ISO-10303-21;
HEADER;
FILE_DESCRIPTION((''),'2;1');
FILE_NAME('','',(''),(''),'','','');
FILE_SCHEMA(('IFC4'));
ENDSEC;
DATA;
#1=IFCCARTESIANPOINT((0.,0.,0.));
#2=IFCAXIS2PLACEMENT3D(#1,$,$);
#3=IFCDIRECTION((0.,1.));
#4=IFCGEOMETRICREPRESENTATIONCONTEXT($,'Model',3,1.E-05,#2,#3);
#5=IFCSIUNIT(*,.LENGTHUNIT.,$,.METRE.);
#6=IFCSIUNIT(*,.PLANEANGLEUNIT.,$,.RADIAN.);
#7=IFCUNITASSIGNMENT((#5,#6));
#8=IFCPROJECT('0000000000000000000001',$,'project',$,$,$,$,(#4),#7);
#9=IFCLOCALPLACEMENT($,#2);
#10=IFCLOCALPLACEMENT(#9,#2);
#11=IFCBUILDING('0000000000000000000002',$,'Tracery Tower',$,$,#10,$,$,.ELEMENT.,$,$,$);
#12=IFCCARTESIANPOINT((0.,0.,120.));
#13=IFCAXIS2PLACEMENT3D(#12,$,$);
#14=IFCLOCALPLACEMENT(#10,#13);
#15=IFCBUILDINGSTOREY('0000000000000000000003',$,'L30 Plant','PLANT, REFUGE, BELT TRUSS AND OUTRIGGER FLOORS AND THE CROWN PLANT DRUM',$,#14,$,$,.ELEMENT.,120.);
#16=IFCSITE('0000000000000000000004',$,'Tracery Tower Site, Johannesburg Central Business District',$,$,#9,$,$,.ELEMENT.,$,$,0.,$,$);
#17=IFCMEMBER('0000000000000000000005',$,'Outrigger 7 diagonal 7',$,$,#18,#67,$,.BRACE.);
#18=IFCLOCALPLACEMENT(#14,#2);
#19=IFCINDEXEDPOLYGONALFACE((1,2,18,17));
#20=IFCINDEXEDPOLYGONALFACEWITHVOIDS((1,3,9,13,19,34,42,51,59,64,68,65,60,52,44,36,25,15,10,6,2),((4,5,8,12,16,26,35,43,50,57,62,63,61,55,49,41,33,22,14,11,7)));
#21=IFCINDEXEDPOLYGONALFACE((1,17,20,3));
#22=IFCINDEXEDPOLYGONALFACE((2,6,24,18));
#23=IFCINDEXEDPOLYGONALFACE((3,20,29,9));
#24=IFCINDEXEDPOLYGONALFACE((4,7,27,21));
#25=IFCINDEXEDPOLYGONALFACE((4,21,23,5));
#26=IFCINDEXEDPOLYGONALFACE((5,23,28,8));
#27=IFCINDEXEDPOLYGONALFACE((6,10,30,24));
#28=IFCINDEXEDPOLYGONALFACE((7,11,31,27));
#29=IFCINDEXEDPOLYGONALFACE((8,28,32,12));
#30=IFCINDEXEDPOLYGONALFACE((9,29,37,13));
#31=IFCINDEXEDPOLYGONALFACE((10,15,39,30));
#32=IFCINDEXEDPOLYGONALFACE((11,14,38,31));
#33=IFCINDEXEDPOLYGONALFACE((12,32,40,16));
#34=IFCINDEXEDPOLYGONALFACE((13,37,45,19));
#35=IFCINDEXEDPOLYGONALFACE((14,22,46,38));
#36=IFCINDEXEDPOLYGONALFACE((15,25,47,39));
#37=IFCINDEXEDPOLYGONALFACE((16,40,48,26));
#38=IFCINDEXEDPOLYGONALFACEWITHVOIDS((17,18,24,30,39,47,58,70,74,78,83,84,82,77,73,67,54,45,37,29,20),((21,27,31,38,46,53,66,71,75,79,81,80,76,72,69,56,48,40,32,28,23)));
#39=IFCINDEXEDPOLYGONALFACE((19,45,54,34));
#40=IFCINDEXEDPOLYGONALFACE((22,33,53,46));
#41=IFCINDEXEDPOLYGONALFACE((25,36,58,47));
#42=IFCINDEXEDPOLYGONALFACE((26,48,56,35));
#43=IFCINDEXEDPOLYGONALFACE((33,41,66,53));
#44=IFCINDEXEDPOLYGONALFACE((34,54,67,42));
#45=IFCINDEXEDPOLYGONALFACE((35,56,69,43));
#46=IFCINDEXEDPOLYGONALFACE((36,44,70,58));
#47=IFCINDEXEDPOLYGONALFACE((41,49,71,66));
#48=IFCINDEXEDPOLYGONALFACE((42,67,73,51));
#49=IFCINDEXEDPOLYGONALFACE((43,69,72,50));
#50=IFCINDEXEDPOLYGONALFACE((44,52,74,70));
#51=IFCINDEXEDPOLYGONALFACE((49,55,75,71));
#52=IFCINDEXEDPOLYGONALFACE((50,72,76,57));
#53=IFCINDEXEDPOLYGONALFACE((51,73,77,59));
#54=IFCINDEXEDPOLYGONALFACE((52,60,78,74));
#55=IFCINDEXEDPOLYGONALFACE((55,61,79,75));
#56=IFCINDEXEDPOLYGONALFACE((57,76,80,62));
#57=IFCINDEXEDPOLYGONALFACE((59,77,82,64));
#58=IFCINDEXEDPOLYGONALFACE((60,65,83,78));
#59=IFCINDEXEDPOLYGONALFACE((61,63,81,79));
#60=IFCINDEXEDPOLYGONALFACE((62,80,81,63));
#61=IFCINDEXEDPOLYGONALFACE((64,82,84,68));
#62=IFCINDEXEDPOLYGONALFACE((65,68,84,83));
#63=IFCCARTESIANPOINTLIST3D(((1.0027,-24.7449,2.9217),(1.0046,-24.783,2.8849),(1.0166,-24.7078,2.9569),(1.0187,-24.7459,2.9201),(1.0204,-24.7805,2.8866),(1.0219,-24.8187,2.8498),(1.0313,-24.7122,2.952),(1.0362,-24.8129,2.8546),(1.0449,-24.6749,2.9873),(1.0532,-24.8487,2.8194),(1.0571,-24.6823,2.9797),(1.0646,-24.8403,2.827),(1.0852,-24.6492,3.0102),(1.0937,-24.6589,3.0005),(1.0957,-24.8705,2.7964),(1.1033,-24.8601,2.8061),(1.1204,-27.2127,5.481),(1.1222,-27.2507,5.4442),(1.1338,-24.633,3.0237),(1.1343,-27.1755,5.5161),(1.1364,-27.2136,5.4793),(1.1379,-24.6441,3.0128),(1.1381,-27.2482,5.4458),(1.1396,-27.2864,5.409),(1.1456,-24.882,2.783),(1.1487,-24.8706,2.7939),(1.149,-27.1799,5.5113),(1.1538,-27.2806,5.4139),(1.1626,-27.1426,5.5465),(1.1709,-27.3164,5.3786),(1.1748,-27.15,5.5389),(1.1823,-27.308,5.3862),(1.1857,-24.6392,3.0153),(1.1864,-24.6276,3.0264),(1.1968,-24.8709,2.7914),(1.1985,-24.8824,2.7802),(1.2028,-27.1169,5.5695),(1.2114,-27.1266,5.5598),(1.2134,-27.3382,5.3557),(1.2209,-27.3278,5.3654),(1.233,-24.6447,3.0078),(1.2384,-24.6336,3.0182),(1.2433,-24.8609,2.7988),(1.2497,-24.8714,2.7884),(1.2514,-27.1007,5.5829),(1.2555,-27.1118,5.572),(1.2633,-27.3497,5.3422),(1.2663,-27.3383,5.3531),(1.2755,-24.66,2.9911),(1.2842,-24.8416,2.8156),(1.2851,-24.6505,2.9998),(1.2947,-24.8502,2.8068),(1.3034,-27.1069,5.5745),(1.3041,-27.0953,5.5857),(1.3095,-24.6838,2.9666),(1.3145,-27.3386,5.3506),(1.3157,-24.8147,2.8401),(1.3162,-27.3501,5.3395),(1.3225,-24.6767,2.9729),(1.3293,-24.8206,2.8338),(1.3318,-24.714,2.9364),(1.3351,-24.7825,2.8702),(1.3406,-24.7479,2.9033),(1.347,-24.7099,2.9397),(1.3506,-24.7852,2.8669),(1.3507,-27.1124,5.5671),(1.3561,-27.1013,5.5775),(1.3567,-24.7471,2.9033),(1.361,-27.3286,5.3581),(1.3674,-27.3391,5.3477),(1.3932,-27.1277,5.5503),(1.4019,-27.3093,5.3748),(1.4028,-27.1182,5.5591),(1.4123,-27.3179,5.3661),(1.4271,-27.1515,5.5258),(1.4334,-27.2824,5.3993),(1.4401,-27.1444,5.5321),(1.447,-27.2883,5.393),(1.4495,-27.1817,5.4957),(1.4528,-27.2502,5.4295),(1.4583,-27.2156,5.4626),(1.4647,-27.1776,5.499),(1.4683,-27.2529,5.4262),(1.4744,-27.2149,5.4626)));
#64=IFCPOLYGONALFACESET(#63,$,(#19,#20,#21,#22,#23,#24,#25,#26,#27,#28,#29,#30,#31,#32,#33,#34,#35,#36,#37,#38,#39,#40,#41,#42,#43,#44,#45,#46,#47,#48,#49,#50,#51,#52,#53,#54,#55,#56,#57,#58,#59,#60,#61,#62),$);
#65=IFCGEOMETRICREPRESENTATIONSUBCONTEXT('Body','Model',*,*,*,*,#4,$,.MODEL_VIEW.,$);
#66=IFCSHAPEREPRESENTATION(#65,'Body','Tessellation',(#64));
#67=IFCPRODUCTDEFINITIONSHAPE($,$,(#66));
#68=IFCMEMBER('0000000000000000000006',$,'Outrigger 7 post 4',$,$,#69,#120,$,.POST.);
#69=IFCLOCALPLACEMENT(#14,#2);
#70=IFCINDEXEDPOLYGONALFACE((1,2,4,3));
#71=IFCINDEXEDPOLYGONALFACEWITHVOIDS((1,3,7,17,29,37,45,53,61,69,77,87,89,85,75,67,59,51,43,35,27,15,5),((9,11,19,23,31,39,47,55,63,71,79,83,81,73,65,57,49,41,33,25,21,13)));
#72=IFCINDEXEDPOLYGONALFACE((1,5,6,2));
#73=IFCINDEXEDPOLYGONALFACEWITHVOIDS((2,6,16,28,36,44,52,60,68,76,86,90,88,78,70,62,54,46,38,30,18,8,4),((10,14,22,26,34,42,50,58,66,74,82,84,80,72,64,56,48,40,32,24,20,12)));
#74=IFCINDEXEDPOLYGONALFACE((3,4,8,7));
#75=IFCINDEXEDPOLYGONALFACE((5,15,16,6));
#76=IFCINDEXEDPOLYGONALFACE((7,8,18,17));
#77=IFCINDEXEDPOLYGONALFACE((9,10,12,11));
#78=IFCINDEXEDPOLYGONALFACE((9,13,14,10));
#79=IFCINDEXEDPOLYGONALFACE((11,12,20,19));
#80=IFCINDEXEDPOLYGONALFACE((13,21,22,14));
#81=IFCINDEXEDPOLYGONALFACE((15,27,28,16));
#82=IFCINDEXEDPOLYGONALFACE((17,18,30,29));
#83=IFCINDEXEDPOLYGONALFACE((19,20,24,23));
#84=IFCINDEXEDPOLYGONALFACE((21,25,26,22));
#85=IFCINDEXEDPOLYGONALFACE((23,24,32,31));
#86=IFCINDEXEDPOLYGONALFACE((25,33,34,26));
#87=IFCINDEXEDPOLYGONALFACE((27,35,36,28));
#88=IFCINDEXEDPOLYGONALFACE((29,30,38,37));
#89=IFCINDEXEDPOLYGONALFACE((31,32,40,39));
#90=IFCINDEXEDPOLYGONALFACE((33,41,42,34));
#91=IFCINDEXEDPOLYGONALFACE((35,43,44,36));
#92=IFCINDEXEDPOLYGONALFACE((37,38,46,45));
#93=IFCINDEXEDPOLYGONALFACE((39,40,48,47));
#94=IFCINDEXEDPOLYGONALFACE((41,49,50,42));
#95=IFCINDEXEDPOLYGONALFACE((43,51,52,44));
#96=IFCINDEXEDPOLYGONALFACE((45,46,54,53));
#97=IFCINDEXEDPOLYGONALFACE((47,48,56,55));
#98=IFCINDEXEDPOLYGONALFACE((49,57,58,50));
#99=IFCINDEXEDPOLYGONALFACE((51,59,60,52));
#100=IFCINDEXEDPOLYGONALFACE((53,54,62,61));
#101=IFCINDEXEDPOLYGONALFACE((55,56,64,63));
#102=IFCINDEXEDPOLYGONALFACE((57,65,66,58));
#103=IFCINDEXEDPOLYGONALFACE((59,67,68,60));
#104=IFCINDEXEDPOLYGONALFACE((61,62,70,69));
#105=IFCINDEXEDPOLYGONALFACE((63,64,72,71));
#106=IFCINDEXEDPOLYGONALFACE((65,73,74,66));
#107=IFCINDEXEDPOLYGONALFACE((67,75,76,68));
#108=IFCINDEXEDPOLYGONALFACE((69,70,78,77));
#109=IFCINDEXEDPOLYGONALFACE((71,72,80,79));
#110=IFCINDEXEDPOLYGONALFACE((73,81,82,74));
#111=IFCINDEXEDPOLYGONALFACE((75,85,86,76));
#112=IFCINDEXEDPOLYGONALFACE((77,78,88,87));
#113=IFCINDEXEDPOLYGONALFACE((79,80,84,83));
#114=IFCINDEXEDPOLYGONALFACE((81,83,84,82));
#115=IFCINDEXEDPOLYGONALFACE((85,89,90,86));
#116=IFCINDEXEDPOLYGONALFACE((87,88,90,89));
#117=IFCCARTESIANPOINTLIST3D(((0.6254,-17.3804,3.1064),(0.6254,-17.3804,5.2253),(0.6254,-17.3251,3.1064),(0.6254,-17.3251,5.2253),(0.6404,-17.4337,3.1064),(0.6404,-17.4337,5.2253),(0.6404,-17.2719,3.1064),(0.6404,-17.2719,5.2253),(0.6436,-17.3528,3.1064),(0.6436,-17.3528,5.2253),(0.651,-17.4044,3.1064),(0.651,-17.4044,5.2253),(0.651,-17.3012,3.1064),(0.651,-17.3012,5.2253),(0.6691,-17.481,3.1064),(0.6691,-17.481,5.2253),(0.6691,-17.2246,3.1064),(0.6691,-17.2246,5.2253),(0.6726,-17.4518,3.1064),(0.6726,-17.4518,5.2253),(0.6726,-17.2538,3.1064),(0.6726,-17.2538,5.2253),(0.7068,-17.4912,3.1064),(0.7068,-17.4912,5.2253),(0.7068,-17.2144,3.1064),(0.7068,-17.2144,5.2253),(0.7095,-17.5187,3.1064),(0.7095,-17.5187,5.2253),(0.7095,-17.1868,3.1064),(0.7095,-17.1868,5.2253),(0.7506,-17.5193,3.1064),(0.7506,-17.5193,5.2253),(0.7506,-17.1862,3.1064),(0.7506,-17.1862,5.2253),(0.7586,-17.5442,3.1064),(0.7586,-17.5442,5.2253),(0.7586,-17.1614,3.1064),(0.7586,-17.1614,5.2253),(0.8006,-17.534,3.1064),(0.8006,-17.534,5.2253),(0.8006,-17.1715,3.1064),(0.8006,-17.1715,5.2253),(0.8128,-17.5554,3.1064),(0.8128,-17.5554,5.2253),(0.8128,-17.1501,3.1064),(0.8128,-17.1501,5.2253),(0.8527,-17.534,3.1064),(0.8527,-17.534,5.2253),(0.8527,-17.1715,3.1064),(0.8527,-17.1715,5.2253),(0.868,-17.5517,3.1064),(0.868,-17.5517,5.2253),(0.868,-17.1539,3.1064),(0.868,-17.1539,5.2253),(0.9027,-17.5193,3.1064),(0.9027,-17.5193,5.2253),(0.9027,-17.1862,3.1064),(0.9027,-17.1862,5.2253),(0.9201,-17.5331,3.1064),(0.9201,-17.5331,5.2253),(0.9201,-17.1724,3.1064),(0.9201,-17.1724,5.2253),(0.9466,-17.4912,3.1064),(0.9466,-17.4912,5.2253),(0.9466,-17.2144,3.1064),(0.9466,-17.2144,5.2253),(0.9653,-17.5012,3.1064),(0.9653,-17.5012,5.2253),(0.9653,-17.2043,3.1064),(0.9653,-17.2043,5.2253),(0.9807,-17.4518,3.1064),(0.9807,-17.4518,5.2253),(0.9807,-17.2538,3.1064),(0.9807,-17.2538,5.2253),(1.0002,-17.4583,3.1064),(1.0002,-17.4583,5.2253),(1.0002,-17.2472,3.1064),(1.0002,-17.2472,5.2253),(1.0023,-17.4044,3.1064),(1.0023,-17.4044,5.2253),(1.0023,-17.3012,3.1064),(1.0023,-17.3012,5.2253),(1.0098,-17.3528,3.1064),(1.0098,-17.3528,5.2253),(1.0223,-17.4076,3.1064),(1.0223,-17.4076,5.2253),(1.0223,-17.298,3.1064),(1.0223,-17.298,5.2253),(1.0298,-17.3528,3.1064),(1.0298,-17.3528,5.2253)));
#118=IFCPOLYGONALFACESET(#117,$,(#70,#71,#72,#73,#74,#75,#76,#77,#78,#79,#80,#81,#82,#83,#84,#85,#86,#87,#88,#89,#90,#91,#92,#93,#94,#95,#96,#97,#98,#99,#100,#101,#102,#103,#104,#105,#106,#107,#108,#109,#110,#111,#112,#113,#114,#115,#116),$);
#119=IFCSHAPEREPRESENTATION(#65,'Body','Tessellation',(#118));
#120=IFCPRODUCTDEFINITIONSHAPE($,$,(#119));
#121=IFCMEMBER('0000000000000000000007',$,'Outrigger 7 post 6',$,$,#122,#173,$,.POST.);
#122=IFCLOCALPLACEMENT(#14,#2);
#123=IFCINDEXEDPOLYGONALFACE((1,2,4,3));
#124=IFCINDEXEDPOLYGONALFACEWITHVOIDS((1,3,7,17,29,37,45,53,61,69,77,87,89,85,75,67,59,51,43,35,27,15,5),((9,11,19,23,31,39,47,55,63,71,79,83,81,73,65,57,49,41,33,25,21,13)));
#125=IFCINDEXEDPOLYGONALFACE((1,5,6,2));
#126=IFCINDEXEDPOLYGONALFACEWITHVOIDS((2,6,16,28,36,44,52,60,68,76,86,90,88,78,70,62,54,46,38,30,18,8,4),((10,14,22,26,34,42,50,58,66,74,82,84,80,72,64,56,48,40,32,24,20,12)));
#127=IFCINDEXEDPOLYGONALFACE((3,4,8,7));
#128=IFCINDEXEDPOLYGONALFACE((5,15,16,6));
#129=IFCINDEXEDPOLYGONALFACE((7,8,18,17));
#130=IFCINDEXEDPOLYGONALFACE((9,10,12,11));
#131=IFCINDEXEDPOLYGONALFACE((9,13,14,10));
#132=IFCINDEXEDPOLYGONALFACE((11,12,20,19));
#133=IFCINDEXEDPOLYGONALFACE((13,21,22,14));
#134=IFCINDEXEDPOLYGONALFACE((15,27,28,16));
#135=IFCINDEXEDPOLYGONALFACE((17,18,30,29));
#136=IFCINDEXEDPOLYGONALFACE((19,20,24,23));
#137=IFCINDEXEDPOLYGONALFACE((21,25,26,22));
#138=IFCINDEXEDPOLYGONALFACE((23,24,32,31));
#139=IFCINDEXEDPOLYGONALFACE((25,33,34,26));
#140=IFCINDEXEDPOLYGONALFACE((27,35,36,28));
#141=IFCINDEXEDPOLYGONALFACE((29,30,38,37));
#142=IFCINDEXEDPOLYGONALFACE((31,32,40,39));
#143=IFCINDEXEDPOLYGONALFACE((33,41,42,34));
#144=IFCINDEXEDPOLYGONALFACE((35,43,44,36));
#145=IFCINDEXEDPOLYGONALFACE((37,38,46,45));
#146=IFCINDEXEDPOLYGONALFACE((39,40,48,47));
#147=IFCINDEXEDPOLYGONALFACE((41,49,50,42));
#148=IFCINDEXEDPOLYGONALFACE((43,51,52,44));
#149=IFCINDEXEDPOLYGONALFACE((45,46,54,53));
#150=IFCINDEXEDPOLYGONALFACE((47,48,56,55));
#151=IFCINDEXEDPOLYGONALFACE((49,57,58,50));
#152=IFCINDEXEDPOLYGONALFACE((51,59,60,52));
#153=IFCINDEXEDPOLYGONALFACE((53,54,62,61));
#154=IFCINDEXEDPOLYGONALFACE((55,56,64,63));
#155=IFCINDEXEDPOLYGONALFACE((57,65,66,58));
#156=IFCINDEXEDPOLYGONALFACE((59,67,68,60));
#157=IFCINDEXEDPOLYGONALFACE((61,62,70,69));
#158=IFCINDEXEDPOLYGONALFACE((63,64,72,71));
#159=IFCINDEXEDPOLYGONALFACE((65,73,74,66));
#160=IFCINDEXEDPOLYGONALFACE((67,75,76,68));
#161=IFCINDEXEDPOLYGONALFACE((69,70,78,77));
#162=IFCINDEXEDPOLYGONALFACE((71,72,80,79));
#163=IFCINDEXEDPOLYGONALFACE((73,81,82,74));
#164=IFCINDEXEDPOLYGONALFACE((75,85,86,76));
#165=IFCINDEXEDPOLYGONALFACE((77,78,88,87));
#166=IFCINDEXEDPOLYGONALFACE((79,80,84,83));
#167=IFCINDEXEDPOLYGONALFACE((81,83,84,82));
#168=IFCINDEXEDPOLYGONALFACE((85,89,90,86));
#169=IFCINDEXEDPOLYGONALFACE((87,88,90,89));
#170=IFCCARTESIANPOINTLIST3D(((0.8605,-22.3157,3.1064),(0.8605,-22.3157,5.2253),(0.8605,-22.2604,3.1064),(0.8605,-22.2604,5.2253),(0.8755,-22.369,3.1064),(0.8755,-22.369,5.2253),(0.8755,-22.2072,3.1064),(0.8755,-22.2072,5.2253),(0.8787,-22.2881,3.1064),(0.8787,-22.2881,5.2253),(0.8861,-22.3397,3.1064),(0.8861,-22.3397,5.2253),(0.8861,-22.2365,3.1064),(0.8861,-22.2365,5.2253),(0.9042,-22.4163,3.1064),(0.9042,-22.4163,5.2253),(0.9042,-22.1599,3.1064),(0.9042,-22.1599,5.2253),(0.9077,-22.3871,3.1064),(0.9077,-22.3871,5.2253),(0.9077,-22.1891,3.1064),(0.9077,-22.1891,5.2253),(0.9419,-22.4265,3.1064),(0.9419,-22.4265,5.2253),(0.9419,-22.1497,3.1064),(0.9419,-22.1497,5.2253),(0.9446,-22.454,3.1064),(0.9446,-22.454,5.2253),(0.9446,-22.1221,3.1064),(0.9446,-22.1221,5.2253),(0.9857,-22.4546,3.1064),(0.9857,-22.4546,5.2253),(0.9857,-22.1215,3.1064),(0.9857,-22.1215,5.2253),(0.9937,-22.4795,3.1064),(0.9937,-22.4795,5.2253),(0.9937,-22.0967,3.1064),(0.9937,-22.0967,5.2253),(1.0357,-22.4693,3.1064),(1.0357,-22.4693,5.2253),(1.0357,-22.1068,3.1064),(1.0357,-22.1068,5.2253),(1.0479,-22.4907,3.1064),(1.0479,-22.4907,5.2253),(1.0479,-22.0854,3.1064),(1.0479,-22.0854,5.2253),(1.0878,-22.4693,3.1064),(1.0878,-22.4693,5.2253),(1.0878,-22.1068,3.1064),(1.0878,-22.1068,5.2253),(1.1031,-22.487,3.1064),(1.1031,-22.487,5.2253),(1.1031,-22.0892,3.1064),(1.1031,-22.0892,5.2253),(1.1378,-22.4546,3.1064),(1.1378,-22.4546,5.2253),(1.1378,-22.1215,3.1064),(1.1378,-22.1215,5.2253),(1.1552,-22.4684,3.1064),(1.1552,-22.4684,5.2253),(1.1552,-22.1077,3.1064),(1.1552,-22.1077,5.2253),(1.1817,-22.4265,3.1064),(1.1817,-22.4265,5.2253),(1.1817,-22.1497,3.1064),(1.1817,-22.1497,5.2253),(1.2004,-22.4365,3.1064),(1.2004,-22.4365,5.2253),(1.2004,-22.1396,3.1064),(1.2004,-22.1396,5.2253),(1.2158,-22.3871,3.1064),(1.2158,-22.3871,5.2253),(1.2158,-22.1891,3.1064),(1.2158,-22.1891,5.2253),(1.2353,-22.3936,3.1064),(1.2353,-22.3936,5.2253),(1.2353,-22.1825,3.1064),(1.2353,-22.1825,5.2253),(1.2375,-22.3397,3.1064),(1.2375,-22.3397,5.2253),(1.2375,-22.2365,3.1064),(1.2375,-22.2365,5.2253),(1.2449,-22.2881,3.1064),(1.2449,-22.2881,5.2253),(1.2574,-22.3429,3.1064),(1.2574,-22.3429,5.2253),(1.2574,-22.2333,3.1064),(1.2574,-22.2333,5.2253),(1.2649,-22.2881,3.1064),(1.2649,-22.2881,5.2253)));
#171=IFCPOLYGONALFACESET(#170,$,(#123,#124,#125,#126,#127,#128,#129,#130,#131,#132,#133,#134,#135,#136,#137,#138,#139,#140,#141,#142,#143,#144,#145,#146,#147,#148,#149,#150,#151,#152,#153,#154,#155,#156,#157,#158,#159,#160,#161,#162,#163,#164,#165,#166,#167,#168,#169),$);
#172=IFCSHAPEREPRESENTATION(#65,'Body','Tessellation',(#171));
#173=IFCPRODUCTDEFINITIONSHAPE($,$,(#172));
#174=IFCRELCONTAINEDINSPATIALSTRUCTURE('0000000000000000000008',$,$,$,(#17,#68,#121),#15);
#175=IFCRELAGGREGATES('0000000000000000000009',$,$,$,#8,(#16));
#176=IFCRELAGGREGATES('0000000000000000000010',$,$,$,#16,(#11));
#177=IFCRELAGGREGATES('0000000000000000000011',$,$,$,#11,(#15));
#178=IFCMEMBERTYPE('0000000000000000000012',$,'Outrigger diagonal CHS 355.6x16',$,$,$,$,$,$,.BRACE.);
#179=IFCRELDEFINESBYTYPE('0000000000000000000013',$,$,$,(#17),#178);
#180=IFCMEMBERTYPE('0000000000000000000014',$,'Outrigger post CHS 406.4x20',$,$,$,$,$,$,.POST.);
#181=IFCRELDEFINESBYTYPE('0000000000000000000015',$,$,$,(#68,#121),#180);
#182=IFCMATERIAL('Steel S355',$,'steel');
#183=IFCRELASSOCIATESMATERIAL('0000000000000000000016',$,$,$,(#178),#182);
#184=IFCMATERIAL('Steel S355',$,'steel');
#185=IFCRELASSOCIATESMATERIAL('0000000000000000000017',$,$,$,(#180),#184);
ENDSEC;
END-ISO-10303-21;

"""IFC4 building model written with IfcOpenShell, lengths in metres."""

from ifc_helpers import new_model, si_unit, direction, frame, origin, origin_2d, place, context, subcontext, project, spatial, hollow_circle, extrude, material, material_profile, profile_set, type_object, element, save


model = new_model("IFC4")

# Units and contexts
model_context = context("Model", 3, precision=1e-05, world=origin(), true_north=direction((0.0, 1.0)))
body_context = subcontext(model_context, "Body", "Model", "MODEL_VIEW")
ifc_project = project(units=[si_unit("LENGTHUNIT", "METRE"), si_unit("PLANEANGLEUNIT", "RADIAN")], contexts=[model_context])

# Site, building, storey
site_placement = place(None, origin())
site = spatial("IfcSite", under=ifc_project, at=site_placement, Name="Tracery Tower Site, Johannesburg Central Business District", CompositionType="ELEMENT", RefElevation=0.0)
building_placement = place(site_placement, origin())
building = spatial("IfcBuilding", under=site, at=building_placement, Name="Tracery Tower", CompositionType="ELEMENT")
storey_placement = place(building_placement, frame((0.0, 0.0, 120.0)))
storey = spatial("IfcBuildingStorey", under=building, at=storey_placement, Name="L30 Plant", Description="PLANT, REFUGE, BELT TRUSS AND OUTRIGGER FLOORS AND THE CROWN PLANT DRUM", CompositionType="ELEMENT", Elevation=120.0)

# Members
ifc_material_1 = material(Name="Steel S355", Category="steel")
ifc_material_profile_1 = material_profile(ifc_material_1, hollow_circle(Radius=0.1777, WallThickness=0.0161, at=origin_2d()), Name="CHS 355.6x16")
ifc_profile_set_1 = profile_set([ifc_material_profile_1], Name="Steel S355")
member_type_1 = type_object("IfcMemberType", Name="Outrigger diagonal CHS 355.6x16", PredefinedType="BRACE", material=ifc_profile_set_1)
for number, where, z_axis, x_axis, name in (
    (1, (1.1792, -24.7556, 2.9033), (0.033081, -0.693734, 0.719471), (0.998865, 0.047631, 0.0), "Outrigger 7 diagonal 7"),
):
    element("IfcMember", number, at=place(storey_placement, frame(where, z_axis=z_axis, x_axis=x_axis)), inside=storey, type_object=member_type_1, Name=name, PredefinedType="BRACE", context=body_context, shape_type="SweptSolid", body=[
        extrude(hollow_circle(Radius=0.1777, WallThickness=0.0161, at=origin_2d()), origin(), (0.0, 0.0, 1.0), 3.5571),
    ])
ifc_material_2 = material(Name="Steel S355", Category="steel")
ifc_material_profile_2 = material_profile(ifc_material_2, hollow_circle(Radius=0.2031, WallThickness=0.02, at=origin_2d()), Name="CHS 406.4x20")
ifc_profile_set_2 = profile_set([ifc_material_profile_2], Name="Steel S355")
member_type_2 = type_object("IfcMemberType", Name="Outrigger post CHS 406.4x20", PredefinedType="POST", material=ifc_profile_set_2)
for number, where, z_axis, x_axis, name in (
    (2, (0.8267, -17.3528, 3.1064), (0.0, 0.0, 1.0), (1.0, 0.0, 0.0), "Outrigger 7 post 4"),
    (3, (1.0618, -22.2881, 3.1064), (0.0, 0.0, 1.0), (1.0, 0.0, 0.0), "Outrigger 7 post 6"),
):
    element("IfcMember", number, at=place(storey_placement, frame(where, z_axis=z_axis, x_axis=x_axis)), inside=storey, type_object=member_type_2, Name=name, PredefinedType="POST", context=body_context, shape_type="SweptSolid", body=[
        extrude(hollow_circle(Radius=0.2031, WallThickness=0.02, at=origin_2d()), origin(), (0.0, 0.0, 1.0), 2.1189),
    ])

save(model, "model.ifc")
